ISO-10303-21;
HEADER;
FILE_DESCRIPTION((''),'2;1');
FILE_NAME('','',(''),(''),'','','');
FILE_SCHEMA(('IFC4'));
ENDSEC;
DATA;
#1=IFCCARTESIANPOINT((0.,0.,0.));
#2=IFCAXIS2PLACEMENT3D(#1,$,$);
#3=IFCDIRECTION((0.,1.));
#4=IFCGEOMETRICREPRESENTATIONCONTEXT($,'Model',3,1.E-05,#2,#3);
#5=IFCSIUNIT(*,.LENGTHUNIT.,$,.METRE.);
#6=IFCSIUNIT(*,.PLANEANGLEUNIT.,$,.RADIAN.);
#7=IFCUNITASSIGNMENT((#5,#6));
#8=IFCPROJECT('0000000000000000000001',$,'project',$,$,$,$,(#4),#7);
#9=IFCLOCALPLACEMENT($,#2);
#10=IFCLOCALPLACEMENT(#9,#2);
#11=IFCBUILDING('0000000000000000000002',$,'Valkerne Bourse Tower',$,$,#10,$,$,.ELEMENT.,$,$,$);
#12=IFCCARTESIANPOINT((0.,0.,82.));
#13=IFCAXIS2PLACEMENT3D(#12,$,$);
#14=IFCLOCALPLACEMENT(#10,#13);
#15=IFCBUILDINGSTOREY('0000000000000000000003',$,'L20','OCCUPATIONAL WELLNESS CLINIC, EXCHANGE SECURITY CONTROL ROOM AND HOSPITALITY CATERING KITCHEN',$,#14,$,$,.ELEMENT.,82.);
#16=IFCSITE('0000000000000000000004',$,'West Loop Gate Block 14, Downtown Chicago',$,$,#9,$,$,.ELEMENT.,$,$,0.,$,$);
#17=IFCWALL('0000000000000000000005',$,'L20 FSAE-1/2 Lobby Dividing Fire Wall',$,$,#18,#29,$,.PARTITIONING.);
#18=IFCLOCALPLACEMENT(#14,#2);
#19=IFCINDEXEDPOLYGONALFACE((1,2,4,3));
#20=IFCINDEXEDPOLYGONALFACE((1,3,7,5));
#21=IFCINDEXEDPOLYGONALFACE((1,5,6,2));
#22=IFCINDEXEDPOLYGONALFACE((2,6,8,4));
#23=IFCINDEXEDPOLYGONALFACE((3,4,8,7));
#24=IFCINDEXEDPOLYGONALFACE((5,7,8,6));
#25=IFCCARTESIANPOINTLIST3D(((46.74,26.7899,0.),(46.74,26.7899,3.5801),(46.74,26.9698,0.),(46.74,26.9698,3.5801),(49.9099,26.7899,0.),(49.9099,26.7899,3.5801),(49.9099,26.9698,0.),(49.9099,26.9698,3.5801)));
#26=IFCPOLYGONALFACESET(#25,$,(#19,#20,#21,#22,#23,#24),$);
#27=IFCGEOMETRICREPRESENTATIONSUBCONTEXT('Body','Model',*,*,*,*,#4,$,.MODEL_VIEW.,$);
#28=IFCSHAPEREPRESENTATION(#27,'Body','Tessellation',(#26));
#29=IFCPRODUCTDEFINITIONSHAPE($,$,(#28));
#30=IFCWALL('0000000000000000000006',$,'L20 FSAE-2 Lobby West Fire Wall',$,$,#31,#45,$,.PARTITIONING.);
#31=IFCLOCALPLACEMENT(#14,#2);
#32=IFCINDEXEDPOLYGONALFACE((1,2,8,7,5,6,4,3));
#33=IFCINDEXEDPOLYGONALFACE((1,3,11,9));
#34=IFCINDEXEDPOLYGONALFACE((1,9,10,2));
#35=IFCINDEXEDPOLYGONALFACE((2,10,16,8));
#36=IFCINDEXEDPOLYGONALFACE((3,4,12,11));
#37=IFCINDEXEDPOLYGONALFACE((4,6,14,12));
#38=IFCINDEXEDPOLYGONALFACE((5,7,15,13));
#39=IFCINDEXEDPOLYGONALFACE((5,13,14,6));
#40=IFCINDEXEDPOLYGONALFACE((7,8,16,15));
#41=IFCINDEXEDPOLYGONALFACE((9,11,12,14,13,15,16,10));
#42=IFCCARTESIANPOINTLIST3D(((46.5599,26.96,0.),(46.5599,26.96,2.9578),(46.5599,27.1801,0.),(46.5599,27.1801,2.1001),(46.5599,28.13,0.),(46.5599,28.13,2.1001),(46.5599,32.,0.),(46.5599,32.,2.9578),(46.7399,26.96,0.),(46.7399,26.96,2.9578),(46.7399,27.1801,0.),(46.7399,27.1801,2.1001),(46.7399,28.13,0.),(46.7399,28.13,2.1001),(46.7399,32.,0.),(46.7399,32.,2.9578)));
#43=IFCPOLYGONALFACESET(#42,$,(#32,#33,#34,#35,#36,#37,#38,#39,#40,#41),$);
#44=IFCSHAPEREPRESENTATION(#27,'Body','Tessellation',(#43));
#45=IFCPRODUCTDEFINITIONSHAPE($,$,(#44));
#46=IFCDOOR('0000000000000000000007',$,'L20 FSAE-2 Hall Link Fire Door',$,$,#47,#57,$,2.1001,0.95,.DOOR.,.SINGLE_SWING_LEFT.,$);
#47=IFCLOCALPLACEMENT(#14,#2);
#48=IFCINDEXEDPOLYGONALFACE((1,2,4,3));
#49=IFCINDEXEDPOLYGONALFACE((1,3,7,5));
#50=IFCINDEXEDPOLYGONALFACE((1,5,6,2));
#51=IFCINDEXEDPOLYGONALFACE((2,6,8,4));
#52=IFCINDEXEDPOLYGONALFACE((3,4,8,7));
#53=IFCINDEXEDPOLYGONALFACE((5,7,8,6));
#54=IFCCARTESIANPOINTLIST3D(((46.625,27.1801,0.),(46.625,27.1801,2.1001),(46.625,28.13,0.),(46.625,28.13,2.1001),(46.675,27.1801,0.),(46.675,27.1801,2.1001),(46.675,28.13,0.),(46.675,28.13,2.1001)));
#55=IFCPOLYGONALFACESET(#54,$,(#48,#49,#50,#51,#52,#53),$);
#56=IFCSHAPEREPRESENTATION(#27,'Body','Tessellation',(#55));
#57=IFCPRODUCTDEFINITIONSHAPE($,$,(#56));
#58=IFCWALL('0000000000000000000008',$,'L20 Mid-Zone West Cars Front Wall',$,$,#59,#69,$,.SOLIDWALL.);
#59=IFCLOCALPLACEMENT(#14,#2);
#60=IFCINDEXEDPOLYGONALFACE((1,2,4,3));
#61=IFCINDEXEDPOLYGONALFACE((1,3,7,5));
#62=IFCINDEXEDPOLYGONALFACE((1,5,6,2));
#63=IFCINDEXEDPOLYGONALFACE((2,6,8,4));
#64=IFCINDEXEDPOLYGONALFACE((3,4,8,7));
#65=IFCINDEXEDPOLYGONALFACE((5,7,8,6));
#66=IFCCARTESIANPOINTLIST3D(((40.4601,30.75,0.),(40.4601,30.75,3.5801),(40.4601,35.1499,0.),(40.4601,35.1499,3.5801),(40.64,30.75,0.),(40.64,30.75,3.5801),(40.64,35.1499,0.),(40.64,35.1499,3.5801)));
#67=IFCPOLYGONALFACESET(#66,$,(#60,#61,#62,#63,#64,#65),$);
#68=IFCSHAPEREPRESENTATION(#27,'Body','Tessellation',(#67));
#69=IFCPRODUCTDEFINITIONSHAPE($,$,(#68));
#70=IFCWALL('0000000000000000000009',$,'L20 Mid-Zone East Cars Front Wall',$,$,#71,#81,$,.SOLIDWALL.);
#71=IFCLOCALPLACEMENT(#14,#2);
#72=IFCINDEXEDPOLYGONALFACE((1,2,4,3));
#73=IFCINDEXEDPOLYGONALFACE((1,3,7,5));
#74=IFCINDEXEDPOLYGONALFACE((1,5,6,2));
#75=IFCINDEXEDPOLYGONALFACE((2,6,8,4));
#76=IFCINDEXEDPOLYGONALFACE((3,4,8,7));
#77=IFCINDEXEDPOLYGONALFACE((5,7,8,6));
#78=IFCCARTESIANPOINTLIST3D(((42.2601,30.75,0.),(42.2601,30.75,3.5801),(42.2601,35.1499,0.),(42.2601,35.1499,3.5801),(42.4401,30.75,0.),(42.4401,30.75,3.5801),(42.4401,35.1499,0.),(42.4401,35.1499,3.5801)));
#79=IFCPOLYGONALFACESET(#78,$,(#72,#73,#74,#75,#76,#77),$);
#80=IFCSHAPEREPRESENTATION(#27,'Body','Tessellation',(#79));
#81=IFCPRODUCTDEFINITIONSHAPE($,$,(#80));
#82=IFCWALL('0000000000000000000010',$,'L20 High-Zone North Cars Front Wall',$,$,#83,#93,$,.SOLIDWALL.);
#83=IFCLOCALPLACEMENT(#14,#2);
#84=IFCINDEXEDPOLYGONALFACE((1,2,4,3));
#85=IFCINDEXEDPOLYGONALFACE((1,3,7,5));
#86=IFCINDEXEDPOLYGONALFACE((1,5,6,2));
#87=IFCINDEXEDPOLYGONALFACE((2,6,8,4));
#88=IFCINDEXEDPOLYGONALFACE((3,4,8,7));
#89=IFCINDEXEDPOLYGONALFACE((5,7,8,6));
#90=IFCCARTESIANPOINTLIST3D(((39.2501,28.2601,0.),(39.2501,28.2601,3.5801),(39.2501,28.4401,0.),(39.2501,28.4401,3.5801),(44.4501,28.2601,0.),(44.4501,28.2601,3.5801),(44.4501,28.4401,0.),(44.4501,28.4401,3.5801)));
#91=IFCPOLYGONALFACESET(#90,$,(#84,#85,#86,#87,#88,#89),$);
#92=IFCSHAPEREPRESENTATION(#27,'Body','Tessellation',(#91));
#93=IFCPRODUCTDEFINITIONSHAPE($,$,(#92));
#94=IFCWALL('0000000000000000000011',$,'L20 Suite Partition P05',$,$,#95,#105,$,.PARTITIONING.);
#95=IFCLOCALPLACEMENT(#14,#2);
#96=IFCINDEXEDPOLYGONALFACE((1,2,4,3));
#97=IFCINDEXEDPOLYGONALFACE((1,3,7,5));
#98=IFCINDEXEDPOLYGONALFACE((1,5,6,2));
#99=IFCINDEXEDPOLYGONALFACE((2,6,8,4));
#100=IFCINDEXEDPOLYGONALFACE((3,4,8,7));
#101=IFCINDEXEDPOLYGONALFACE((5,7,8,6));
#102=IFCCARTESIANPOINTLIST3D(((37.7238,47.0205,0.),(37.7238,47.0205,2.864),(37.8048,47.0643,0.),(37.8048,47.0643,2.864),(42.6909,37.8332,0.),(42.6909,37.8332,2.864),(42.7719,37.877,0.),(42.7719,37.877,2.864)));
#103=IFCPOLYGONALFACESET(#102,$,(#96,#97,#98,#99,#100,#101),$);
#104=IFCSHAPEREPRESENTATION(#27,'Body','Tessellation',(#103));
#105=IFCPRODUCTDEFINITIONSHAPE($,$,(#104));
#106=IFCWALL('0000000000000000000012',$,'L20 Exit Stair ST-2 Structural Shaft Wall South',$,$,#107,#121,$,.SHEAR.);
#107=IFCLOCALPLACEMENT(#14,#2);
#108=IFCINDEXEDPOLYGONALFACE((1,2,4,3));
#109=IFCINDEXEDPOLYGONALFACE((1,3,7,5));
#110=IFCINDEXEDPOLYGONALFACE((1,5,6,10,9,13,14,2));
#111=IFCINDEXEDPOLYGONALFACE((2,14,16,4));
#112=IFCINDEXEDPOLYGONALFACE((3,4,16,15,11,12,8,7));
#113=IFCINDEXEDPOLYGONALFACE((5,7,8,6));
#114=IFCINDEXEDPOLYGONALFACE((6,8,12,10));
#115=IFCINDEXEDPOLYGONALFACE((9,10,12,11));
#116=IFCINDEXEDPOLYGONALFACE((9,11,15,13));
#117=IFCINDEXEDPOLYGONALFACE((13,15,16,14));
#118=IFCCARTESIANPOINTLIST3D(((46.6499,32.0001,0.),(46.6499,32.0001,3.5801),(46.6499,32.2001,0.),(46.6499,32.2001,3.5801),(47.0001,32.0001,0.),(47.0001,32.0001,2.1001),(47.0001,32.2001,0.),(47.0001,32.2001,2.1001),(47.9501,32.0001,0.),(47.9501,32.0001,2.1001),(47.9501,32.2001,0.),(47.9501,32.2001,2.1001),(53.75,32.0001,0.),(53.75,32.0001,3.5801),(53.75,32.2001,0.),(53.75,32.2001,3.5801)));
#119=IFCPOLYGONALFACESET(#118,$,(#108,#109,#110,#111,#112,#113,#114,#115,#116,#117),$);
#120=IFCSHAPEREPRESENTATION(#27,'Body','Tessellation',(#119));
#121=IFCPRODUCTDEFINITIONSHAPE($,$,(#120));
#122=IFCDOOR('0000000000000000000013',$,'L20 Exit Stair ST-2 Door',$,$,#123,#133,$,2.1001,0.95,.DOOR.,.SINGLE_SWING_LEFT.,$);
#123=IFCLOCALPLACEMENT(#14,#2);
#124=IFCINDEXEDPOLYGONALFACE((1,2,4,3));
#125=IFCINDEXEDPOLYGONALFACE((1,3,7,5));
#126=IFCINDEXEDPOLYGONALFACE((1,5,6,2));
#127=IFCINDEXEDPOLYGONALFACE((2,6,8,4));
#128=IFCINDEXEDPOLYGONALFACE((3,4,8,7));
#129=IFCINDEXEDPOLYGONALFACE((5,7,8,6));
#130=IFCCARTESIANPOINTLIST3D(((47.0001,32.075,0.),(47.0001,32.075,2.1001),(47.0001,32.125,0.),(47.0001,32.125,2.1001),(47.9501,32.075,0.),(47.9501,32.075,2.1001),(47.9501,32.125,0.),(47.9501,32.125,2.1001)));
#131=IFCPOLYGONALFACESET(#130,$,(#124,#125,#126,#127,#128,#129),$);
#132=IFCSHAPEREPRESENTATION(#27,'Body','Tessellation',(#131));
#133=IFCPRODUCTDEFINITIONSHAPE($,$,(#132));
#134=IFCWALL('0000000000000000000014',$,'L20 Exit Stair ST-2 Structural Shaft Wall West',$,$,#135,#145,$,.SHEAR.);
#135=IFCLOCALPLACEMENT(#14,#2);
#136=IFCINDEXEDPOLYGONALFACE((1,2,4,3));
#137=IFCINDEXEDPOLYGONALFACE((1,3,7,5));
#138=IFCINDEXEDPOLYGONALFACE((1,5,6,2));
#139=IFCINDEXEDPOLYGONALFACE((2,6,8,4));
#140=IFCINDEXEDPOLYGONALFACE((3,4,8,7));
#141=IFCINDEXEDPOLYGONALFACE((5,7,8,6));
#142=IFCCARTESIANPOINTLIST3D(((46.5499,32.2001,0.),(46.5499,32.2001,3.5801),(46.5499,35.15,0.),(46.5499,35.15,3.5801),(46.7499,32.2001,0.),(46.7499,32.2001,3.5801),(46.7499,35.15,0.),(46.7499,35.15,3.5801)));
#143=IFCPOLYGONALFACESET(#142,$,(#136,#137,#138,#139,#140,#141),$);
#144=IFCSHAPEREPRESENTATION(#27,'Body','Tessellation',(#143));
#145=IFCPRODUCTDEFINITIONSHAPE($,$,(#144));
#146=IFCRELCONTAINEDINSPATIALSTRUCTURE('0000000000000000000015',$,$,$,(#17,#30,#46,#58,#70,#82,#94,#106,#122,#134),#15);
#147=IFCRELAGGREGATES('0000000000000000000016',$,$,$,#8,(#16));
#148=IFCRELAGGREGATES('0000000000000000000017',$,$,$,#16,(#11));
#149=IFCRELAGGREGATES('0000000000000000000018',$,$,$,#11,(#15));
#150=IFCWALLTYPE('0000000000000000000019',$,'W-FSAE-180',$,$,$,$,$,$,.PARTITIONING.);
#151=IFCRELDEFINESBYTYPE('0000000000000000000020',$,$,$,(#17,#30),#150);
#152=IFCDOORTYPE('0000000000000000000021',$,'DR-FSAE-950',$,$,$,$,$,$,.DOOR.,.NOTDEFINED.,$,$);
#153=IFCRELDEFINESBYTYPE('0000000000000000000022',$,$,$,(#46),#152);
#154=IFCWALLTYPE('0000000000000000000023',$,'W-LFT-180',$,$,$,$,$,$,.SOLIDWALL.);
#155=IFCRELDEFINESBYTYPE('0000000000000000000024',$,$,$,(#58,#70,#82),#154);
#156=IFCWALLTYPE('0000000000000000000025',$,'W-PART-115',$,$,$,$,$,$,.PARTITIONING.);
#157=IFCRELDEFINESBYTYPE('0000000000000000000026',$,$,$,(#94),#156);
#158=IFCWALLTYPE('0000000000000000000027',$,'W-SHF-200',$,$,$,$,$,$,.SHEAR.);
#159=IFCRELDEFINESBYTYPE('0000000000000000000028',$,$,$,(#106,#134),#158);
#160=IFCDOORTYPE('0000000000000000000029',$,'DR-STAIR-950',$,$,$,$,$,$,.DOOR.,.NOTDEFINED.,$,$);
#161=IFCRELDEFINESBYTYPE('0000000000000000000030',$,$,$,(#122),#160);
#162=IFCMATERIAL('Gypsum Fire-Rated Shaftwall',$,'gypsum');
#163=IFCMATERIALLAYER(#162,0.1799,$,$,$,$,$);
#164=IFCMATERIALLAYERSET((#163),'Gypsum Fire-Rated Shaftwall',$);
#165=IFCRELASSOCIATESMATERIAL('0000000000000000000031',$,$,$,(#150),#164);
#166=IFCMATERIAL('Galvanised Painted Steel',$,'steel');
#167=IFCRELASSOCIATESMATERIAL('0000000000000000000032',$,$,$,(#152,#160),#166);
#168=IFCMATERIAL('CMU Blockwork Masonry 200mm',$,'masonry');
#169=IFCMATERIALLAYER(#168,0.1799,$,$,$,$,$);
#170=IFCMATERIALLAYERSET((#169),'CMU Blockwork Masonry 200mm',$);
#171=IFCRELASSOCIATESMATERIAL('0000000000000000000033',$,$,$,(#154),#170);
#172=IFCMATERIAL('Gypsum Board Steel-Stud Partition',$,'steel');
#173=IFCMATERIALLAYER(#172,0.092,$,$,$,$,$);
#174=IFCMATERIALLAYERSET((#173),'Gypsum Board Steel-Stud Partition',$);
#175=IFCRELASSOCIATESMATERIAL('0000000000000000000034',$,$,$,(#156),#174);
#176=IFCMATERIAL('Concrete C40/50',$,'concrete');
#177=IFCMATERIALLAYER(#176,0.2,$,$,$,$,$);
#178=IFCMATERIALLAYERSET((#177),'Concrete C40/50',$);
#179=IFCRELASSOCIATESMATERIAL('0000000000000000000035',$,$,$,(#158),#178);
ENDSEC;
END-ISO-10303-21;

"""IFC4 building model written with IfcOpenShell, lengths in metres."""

from ifc_helpers import new_model, si_unit, direction, frame, frame_2d, origin, place, context, subcontext, project, spatial, rectangle, extrude, material, layer, layer_set, type_object, element, fill, save


model = new_model("IFC4")

# Units and contexts
model_context = context("Model", 3, precision=1e-05, world=origin(), true_north=direction((0.0, 1.0)))
body_context = subcontext(model_context, "Body", "Model", "MODEL_VIEW")
ifc_project = project(units=[si_unit("LENGTHUNIT", "METRE"), si_unit("PLANEANGLEUNIT", "RADIAN")], contexts=[model_context])

# Site, building, storey
site_placement = place(None, origin())
site = spatial("IfcSite", under=ifc_project, at=site_placement, Name="West Loop Gate Block 14, Downtown Chicago", CompositionType="ELEMENT", RefElevation=0.0)
building_placement = place(site_placement, origin())
building = spatial("IfcBuilding", under=site, at=building_placement, Name="Valkerne Bourse Tower", CompositionType="ELEMENT")
storey_placement = place(building_placement, frame((0.0, 0.0, 82.0)))
storey = spatial("IfcBuildingStorey", under=building, at=storey_placement, Name="L20", Description="OCCUPATIONAL WELLNESS CLINIC, EXCHANGE SECURITY CONTROL ROOM AND HOSPITALITY CATERING KITCHEN", CompositionType="ELEMENT", Elevation=82.0)

# Wall
ifc_material_1 = material(Name="Gypsum Fire-Rated Shaftwall", Category="gypsum")
ifc_layer_1 = layer(ifc_material_1, 0.1799)
ifc_layer_set_1 = layer_set([ifc_layer_1], Name="Gypsum Fire-Rated Shaftwall")
wall_type_1 = type_object("IfcWallType", Name="W-FSAE-180", PredefinedType="PARTITIONING", material=ifc_layer_set_1)
wall_1_placement = place(storey_placement, frame((46.74, 26.8799, 0.0), z_axis=(0.0, 0.0, 1.0), x_axis=(1.0, 0.0, 0.0)))
element("IfcWall", 1, at=wall_1_placement, inside=storey, type_object=wall_type_1, Name="L20 FSAE-1/2 Lobby Dividing Fire Wall", PredefinedType="PARTITIONING", context=body_context, shape_type="SweptSolid", body=[
    extrude(rectangle(XDim=3.1699, YDim=0.1799, at=frame_2d((1.585, 0.0))), origin(), (0.0, 0.0, 1.0), 3.5801),
])

# Wall, opening, door
wall_2_placement = place(storey_placement, frame((46.6499, 26.96, 0.0), z_axis=(0.0, 0.0, 1.0), x_axis=(0.0, 1.0, 0.0)))
wall_2 = element("IfcWall", 2, at=wall_2_placement, inside=storey, type_object=wall_type_1, Name="L20 FSAE-2 Lobby West Fire Wall", PredefinedType="PARTITIONING", context=body_context, shape_type="SweptSolid", body=[
    extrude(rectangle(XDim=5.04, YDim=0.1799, at=frame_2d((2.52, 0.0))), origin(), (0.0, 0.0, 1.0), 2.9578),
])
opening_1_placement = place(wall_2_placement, frame((0.22, 0.0, 0.0)))
opening_1 = element("IfcOpeningElement", 3, at=opening_1_placement, cuts=wall_2, PredefinedType="OPENING", context=body_context, shape_type="SweptSolid", body=[
    extrude(rectangle(XDim=0.95, YDim=2.1001, at=frame_2d((0.4751, 1.05))), frame((0.0, 0.0999, 0.0), z_axis=(0.0, -1.0, 0.0), x_axis=(1.0, 0.0, 0.0)), (0.0, 0.0, 1.0), 0.2),
])
ifc_material_2 = material(Name="Galvanised Painted Steel", Category="steel")
door_type_1 = type_object("IfcDoorType", Name="DR-FSAE-950", OperationType="NOTDEFINED", PredefinedType="DOOR", material=ifc_material_2)
door_1_placement = place(opening_1_placement, origin())
door_1 = element("IfcDoor", 4, at=door_1_placement, inside=storey, type_object=door_type_1, Name="L20 FSAE-2 Hall Link Fire Door", OperationType="SINGLE_SWING_LEFT", OverallHeight=2.1001, OverallWidth=0.95, PredefinedType="DOOR", context=body_context, shape_type="SweptSolid", body=[
    extrude(rectangle(XDim=0.95, YDim=2.1001, at=frame_2d((0.4751, 1.05))), frame((0.0, 0.0249, 0.0), z_axis=(0.0, -1.0, 0.0), x_axis=(1.0, 0.0, 0.0)), (0.0, 0.0, 1.0), 0.05),
])
fill(opening_1, door_1)

# Walls
ifc_material_3 = material(Name="CMU Blockwork Masonry 200mm", Category="masonry")
ifc_layer_2 = layer(ifc_material_3, 0.1799)
ifc_layer_set_2 = layer_set([ifc_layer_2], Name="CMU Blockwork Masonry 200mm")
wall_type_2 = type_object("IfcWallType", Name="W-LFT-180", PredefinedType="SOLIDWALL", material=ifc_layer_set_2)
for number, where, z_axis, x_axis, name in (
    (5, (40.55, 30.75, 0.0), (0.0, 0.0, 1.0), (0.0, 1.0, 0.0), "L20 Mid-Zone West Cars Front Wall"),
    (6, (42.3501, 30.75, 0.0), (0.0, 0.0, 1.0), (0.0, 1.0, 0.0), "L20 Mid-Zone East Cars Front Wall"),
):
    element("IfcWall", number, at=place(storey_placement, frame(where, z_axis=z_axis, x_axis=x_axis)), inside=storey, type_object=wall_type_2, Name=name, PredefinedType="SOLIDWALL", context=body_context, shape_type="SweptSolid", body=[
        extrude(rectangle(XDim=4.3999, YDim=0.1799, at=frame_2d((2.2, 0.0))), origin(), (0.0, 0.0, 1.0), 3.5801),
    ])
wall_3_placement = place(storey_placement, frame((39.25, 28.3501, 0.0), z_axis=(0.0, 0.0, 1.0), x_axis=(1.0, 0.0, 0.0)))
element("IfcWall", 7, at=wall_3_placement, inside=storey, type_object=wall_type_2, Name="L20 High-Zone North Cars Front Wall", PredefinedType="SOLIDWALL", context=body_context, shape_type="SweptSolid", body=[
    extrude(rectangle(XDim=5.2, YDim=0.1799, at=frame_2d((2.6001, 0.0))), origin(), (0.0, 0.0, 1.0), 3.5801),
])
ifc_material_4 = material(Name="Gypsum Board Steel-Stud Partition", Category="steel")
ifc_layer_3 = layer(ifc_material_4, 0.092)
ifc_layer_set_3 = layer_set([ifc_layer_3], Name="Gypsum Board Steel-Stud Partition")
wall_type_3 = type_object("IfcWallType", Name="W-PART-115", PredefinedType="PARTITIONING", material=ifc_layer_set_3)
wall_4_placement = place(storey_placement, frame((42.7314, 37.855, 0.0), z_axis=(0.0, 0.0, 1.0), x_axis=(-0.475588, 0.879668, 0.0)))
element("IfcWall", 8, at=wall_4_placement, inside=storey, type_object=wall_type_3, Name="L20 Suite Partition P05", PredefinedType="PARTITIONING", context=body_context, shape_type="SweptSolid", body=[
    extrude(rectangle(XDim=10.4441, YDim=0.092, at=frame_2d((5.2222, 0.0))), origin(), (0.0, 0.0, 1.0), 2.864),
])

# Wall, opening, door
ifc_material_5 = material(Name="Concrete C40/50", Category="concrete")
ifc_layer_4 = layer(ifc_material_5, 0.2)
ifc_layer_set_4 = layer_set([ifc_layer_4], Name="Concrete C40/50")
wall_type_4 = type_object("IfcWallType", Name="W-SHF-200", PredefinedType="SHEAR", material=ifc_layer_set_4)
wall_5_placement = place(storey_placement, frame((46.6499, 32.1001, 0.0), z_axis=(0.0, 0.0, 1.0), x_axis=(1.0, 0.0, 0.0)))
wall_5 = element("IfcWall", 9, at=wall_5_placement, inside=storey, type_object=wall_type_4, Name="L20 Exit Stair ST-2 Structural Shaft Wall South", PredefinedType="SHEAR", context=body_context, shape_type="SweptSolid", body=[
    extrude(rectangle(XDim=7.1001, YDim=0.2, at=frame_2d((3.55, 0.0))), origin(), (0.0, 0.0, 1.0), 3.5801),
])
opening_2_placement = place(wall_5_placement, frame((0.3501, 0.0, 0.0)))
opening_2 = element("IfcOpeningElement", 10, at=opening_2_placement, cuts=wall_5, PredefinedType="OPENING", context=body_context, shape_type="SweptSolid", body=[
    extrude(rectangle(XDim=0.95, YDim=2.1001, at=frame_2d((0.4751, 1.05))), frame((0.0, 0.1099, 0.0), z_axis=(0.0, -1.0, 0.0), x_axis=(1.0, 0.0, 0.0)), (0.0, 0.0, 1.0), 0.22),
])
door_type_2 = type_object("IfcDoorType", Name="DR-STAIR-950", OperationType="NOTDEFINED", PredefinedType="DOOR", material=ifc_material_2)
door_2_placement = place(opening_2_placement, origin())
door_2 = element("IfcDoor", 11, at=door_2_placement, inside=storey, type_object=door_type_2, Name="L20 Exit Stair ST-2 Door", OperationType="SINGLE_SWING_LEFT", OverallHeight=2.1001, OverallWidth=0.95, PredefinedType="DOOR", context=body_context, shape_type="SweptSolid", body=[
    extrude(rectangle(XDim=0.95, YDim=2.1001, at=frame_2d((0.4751, 1.05))), frame((0.0, 0.0249, 0.0), z_axis=(0.0, -1.0, 0.0), x_axis=(1.0, 0.0, 0.0)), (0.0, 0.0, 1.0), 0.05),
])
fill(opening_2, door_2)

# Wall
wall_6_placement = place(storey_placement, frame((46.6499, 32.2, 0.0), z_axis=(0.0, 0.0, 1.0), x_axis=(0.0, 1.0, 0.0)))
element("IfcWall", 12, at=wall_6_placement, inside=storey, type_object=wall_type_4, Name="L20 Exit Stair ST-2 Structural Shaft Wall West", PredefinedType="SHEAR", context=body_context, shape_type="SweptSolid", body=[
    extrude(rectangle(XDim=2.95, YDim=0.2, at=frame_2d((1.4751, 0.0))), origin(), (0.0, 0.0, 1.0), 3.5801),
])

save(model, "model.ifc")
